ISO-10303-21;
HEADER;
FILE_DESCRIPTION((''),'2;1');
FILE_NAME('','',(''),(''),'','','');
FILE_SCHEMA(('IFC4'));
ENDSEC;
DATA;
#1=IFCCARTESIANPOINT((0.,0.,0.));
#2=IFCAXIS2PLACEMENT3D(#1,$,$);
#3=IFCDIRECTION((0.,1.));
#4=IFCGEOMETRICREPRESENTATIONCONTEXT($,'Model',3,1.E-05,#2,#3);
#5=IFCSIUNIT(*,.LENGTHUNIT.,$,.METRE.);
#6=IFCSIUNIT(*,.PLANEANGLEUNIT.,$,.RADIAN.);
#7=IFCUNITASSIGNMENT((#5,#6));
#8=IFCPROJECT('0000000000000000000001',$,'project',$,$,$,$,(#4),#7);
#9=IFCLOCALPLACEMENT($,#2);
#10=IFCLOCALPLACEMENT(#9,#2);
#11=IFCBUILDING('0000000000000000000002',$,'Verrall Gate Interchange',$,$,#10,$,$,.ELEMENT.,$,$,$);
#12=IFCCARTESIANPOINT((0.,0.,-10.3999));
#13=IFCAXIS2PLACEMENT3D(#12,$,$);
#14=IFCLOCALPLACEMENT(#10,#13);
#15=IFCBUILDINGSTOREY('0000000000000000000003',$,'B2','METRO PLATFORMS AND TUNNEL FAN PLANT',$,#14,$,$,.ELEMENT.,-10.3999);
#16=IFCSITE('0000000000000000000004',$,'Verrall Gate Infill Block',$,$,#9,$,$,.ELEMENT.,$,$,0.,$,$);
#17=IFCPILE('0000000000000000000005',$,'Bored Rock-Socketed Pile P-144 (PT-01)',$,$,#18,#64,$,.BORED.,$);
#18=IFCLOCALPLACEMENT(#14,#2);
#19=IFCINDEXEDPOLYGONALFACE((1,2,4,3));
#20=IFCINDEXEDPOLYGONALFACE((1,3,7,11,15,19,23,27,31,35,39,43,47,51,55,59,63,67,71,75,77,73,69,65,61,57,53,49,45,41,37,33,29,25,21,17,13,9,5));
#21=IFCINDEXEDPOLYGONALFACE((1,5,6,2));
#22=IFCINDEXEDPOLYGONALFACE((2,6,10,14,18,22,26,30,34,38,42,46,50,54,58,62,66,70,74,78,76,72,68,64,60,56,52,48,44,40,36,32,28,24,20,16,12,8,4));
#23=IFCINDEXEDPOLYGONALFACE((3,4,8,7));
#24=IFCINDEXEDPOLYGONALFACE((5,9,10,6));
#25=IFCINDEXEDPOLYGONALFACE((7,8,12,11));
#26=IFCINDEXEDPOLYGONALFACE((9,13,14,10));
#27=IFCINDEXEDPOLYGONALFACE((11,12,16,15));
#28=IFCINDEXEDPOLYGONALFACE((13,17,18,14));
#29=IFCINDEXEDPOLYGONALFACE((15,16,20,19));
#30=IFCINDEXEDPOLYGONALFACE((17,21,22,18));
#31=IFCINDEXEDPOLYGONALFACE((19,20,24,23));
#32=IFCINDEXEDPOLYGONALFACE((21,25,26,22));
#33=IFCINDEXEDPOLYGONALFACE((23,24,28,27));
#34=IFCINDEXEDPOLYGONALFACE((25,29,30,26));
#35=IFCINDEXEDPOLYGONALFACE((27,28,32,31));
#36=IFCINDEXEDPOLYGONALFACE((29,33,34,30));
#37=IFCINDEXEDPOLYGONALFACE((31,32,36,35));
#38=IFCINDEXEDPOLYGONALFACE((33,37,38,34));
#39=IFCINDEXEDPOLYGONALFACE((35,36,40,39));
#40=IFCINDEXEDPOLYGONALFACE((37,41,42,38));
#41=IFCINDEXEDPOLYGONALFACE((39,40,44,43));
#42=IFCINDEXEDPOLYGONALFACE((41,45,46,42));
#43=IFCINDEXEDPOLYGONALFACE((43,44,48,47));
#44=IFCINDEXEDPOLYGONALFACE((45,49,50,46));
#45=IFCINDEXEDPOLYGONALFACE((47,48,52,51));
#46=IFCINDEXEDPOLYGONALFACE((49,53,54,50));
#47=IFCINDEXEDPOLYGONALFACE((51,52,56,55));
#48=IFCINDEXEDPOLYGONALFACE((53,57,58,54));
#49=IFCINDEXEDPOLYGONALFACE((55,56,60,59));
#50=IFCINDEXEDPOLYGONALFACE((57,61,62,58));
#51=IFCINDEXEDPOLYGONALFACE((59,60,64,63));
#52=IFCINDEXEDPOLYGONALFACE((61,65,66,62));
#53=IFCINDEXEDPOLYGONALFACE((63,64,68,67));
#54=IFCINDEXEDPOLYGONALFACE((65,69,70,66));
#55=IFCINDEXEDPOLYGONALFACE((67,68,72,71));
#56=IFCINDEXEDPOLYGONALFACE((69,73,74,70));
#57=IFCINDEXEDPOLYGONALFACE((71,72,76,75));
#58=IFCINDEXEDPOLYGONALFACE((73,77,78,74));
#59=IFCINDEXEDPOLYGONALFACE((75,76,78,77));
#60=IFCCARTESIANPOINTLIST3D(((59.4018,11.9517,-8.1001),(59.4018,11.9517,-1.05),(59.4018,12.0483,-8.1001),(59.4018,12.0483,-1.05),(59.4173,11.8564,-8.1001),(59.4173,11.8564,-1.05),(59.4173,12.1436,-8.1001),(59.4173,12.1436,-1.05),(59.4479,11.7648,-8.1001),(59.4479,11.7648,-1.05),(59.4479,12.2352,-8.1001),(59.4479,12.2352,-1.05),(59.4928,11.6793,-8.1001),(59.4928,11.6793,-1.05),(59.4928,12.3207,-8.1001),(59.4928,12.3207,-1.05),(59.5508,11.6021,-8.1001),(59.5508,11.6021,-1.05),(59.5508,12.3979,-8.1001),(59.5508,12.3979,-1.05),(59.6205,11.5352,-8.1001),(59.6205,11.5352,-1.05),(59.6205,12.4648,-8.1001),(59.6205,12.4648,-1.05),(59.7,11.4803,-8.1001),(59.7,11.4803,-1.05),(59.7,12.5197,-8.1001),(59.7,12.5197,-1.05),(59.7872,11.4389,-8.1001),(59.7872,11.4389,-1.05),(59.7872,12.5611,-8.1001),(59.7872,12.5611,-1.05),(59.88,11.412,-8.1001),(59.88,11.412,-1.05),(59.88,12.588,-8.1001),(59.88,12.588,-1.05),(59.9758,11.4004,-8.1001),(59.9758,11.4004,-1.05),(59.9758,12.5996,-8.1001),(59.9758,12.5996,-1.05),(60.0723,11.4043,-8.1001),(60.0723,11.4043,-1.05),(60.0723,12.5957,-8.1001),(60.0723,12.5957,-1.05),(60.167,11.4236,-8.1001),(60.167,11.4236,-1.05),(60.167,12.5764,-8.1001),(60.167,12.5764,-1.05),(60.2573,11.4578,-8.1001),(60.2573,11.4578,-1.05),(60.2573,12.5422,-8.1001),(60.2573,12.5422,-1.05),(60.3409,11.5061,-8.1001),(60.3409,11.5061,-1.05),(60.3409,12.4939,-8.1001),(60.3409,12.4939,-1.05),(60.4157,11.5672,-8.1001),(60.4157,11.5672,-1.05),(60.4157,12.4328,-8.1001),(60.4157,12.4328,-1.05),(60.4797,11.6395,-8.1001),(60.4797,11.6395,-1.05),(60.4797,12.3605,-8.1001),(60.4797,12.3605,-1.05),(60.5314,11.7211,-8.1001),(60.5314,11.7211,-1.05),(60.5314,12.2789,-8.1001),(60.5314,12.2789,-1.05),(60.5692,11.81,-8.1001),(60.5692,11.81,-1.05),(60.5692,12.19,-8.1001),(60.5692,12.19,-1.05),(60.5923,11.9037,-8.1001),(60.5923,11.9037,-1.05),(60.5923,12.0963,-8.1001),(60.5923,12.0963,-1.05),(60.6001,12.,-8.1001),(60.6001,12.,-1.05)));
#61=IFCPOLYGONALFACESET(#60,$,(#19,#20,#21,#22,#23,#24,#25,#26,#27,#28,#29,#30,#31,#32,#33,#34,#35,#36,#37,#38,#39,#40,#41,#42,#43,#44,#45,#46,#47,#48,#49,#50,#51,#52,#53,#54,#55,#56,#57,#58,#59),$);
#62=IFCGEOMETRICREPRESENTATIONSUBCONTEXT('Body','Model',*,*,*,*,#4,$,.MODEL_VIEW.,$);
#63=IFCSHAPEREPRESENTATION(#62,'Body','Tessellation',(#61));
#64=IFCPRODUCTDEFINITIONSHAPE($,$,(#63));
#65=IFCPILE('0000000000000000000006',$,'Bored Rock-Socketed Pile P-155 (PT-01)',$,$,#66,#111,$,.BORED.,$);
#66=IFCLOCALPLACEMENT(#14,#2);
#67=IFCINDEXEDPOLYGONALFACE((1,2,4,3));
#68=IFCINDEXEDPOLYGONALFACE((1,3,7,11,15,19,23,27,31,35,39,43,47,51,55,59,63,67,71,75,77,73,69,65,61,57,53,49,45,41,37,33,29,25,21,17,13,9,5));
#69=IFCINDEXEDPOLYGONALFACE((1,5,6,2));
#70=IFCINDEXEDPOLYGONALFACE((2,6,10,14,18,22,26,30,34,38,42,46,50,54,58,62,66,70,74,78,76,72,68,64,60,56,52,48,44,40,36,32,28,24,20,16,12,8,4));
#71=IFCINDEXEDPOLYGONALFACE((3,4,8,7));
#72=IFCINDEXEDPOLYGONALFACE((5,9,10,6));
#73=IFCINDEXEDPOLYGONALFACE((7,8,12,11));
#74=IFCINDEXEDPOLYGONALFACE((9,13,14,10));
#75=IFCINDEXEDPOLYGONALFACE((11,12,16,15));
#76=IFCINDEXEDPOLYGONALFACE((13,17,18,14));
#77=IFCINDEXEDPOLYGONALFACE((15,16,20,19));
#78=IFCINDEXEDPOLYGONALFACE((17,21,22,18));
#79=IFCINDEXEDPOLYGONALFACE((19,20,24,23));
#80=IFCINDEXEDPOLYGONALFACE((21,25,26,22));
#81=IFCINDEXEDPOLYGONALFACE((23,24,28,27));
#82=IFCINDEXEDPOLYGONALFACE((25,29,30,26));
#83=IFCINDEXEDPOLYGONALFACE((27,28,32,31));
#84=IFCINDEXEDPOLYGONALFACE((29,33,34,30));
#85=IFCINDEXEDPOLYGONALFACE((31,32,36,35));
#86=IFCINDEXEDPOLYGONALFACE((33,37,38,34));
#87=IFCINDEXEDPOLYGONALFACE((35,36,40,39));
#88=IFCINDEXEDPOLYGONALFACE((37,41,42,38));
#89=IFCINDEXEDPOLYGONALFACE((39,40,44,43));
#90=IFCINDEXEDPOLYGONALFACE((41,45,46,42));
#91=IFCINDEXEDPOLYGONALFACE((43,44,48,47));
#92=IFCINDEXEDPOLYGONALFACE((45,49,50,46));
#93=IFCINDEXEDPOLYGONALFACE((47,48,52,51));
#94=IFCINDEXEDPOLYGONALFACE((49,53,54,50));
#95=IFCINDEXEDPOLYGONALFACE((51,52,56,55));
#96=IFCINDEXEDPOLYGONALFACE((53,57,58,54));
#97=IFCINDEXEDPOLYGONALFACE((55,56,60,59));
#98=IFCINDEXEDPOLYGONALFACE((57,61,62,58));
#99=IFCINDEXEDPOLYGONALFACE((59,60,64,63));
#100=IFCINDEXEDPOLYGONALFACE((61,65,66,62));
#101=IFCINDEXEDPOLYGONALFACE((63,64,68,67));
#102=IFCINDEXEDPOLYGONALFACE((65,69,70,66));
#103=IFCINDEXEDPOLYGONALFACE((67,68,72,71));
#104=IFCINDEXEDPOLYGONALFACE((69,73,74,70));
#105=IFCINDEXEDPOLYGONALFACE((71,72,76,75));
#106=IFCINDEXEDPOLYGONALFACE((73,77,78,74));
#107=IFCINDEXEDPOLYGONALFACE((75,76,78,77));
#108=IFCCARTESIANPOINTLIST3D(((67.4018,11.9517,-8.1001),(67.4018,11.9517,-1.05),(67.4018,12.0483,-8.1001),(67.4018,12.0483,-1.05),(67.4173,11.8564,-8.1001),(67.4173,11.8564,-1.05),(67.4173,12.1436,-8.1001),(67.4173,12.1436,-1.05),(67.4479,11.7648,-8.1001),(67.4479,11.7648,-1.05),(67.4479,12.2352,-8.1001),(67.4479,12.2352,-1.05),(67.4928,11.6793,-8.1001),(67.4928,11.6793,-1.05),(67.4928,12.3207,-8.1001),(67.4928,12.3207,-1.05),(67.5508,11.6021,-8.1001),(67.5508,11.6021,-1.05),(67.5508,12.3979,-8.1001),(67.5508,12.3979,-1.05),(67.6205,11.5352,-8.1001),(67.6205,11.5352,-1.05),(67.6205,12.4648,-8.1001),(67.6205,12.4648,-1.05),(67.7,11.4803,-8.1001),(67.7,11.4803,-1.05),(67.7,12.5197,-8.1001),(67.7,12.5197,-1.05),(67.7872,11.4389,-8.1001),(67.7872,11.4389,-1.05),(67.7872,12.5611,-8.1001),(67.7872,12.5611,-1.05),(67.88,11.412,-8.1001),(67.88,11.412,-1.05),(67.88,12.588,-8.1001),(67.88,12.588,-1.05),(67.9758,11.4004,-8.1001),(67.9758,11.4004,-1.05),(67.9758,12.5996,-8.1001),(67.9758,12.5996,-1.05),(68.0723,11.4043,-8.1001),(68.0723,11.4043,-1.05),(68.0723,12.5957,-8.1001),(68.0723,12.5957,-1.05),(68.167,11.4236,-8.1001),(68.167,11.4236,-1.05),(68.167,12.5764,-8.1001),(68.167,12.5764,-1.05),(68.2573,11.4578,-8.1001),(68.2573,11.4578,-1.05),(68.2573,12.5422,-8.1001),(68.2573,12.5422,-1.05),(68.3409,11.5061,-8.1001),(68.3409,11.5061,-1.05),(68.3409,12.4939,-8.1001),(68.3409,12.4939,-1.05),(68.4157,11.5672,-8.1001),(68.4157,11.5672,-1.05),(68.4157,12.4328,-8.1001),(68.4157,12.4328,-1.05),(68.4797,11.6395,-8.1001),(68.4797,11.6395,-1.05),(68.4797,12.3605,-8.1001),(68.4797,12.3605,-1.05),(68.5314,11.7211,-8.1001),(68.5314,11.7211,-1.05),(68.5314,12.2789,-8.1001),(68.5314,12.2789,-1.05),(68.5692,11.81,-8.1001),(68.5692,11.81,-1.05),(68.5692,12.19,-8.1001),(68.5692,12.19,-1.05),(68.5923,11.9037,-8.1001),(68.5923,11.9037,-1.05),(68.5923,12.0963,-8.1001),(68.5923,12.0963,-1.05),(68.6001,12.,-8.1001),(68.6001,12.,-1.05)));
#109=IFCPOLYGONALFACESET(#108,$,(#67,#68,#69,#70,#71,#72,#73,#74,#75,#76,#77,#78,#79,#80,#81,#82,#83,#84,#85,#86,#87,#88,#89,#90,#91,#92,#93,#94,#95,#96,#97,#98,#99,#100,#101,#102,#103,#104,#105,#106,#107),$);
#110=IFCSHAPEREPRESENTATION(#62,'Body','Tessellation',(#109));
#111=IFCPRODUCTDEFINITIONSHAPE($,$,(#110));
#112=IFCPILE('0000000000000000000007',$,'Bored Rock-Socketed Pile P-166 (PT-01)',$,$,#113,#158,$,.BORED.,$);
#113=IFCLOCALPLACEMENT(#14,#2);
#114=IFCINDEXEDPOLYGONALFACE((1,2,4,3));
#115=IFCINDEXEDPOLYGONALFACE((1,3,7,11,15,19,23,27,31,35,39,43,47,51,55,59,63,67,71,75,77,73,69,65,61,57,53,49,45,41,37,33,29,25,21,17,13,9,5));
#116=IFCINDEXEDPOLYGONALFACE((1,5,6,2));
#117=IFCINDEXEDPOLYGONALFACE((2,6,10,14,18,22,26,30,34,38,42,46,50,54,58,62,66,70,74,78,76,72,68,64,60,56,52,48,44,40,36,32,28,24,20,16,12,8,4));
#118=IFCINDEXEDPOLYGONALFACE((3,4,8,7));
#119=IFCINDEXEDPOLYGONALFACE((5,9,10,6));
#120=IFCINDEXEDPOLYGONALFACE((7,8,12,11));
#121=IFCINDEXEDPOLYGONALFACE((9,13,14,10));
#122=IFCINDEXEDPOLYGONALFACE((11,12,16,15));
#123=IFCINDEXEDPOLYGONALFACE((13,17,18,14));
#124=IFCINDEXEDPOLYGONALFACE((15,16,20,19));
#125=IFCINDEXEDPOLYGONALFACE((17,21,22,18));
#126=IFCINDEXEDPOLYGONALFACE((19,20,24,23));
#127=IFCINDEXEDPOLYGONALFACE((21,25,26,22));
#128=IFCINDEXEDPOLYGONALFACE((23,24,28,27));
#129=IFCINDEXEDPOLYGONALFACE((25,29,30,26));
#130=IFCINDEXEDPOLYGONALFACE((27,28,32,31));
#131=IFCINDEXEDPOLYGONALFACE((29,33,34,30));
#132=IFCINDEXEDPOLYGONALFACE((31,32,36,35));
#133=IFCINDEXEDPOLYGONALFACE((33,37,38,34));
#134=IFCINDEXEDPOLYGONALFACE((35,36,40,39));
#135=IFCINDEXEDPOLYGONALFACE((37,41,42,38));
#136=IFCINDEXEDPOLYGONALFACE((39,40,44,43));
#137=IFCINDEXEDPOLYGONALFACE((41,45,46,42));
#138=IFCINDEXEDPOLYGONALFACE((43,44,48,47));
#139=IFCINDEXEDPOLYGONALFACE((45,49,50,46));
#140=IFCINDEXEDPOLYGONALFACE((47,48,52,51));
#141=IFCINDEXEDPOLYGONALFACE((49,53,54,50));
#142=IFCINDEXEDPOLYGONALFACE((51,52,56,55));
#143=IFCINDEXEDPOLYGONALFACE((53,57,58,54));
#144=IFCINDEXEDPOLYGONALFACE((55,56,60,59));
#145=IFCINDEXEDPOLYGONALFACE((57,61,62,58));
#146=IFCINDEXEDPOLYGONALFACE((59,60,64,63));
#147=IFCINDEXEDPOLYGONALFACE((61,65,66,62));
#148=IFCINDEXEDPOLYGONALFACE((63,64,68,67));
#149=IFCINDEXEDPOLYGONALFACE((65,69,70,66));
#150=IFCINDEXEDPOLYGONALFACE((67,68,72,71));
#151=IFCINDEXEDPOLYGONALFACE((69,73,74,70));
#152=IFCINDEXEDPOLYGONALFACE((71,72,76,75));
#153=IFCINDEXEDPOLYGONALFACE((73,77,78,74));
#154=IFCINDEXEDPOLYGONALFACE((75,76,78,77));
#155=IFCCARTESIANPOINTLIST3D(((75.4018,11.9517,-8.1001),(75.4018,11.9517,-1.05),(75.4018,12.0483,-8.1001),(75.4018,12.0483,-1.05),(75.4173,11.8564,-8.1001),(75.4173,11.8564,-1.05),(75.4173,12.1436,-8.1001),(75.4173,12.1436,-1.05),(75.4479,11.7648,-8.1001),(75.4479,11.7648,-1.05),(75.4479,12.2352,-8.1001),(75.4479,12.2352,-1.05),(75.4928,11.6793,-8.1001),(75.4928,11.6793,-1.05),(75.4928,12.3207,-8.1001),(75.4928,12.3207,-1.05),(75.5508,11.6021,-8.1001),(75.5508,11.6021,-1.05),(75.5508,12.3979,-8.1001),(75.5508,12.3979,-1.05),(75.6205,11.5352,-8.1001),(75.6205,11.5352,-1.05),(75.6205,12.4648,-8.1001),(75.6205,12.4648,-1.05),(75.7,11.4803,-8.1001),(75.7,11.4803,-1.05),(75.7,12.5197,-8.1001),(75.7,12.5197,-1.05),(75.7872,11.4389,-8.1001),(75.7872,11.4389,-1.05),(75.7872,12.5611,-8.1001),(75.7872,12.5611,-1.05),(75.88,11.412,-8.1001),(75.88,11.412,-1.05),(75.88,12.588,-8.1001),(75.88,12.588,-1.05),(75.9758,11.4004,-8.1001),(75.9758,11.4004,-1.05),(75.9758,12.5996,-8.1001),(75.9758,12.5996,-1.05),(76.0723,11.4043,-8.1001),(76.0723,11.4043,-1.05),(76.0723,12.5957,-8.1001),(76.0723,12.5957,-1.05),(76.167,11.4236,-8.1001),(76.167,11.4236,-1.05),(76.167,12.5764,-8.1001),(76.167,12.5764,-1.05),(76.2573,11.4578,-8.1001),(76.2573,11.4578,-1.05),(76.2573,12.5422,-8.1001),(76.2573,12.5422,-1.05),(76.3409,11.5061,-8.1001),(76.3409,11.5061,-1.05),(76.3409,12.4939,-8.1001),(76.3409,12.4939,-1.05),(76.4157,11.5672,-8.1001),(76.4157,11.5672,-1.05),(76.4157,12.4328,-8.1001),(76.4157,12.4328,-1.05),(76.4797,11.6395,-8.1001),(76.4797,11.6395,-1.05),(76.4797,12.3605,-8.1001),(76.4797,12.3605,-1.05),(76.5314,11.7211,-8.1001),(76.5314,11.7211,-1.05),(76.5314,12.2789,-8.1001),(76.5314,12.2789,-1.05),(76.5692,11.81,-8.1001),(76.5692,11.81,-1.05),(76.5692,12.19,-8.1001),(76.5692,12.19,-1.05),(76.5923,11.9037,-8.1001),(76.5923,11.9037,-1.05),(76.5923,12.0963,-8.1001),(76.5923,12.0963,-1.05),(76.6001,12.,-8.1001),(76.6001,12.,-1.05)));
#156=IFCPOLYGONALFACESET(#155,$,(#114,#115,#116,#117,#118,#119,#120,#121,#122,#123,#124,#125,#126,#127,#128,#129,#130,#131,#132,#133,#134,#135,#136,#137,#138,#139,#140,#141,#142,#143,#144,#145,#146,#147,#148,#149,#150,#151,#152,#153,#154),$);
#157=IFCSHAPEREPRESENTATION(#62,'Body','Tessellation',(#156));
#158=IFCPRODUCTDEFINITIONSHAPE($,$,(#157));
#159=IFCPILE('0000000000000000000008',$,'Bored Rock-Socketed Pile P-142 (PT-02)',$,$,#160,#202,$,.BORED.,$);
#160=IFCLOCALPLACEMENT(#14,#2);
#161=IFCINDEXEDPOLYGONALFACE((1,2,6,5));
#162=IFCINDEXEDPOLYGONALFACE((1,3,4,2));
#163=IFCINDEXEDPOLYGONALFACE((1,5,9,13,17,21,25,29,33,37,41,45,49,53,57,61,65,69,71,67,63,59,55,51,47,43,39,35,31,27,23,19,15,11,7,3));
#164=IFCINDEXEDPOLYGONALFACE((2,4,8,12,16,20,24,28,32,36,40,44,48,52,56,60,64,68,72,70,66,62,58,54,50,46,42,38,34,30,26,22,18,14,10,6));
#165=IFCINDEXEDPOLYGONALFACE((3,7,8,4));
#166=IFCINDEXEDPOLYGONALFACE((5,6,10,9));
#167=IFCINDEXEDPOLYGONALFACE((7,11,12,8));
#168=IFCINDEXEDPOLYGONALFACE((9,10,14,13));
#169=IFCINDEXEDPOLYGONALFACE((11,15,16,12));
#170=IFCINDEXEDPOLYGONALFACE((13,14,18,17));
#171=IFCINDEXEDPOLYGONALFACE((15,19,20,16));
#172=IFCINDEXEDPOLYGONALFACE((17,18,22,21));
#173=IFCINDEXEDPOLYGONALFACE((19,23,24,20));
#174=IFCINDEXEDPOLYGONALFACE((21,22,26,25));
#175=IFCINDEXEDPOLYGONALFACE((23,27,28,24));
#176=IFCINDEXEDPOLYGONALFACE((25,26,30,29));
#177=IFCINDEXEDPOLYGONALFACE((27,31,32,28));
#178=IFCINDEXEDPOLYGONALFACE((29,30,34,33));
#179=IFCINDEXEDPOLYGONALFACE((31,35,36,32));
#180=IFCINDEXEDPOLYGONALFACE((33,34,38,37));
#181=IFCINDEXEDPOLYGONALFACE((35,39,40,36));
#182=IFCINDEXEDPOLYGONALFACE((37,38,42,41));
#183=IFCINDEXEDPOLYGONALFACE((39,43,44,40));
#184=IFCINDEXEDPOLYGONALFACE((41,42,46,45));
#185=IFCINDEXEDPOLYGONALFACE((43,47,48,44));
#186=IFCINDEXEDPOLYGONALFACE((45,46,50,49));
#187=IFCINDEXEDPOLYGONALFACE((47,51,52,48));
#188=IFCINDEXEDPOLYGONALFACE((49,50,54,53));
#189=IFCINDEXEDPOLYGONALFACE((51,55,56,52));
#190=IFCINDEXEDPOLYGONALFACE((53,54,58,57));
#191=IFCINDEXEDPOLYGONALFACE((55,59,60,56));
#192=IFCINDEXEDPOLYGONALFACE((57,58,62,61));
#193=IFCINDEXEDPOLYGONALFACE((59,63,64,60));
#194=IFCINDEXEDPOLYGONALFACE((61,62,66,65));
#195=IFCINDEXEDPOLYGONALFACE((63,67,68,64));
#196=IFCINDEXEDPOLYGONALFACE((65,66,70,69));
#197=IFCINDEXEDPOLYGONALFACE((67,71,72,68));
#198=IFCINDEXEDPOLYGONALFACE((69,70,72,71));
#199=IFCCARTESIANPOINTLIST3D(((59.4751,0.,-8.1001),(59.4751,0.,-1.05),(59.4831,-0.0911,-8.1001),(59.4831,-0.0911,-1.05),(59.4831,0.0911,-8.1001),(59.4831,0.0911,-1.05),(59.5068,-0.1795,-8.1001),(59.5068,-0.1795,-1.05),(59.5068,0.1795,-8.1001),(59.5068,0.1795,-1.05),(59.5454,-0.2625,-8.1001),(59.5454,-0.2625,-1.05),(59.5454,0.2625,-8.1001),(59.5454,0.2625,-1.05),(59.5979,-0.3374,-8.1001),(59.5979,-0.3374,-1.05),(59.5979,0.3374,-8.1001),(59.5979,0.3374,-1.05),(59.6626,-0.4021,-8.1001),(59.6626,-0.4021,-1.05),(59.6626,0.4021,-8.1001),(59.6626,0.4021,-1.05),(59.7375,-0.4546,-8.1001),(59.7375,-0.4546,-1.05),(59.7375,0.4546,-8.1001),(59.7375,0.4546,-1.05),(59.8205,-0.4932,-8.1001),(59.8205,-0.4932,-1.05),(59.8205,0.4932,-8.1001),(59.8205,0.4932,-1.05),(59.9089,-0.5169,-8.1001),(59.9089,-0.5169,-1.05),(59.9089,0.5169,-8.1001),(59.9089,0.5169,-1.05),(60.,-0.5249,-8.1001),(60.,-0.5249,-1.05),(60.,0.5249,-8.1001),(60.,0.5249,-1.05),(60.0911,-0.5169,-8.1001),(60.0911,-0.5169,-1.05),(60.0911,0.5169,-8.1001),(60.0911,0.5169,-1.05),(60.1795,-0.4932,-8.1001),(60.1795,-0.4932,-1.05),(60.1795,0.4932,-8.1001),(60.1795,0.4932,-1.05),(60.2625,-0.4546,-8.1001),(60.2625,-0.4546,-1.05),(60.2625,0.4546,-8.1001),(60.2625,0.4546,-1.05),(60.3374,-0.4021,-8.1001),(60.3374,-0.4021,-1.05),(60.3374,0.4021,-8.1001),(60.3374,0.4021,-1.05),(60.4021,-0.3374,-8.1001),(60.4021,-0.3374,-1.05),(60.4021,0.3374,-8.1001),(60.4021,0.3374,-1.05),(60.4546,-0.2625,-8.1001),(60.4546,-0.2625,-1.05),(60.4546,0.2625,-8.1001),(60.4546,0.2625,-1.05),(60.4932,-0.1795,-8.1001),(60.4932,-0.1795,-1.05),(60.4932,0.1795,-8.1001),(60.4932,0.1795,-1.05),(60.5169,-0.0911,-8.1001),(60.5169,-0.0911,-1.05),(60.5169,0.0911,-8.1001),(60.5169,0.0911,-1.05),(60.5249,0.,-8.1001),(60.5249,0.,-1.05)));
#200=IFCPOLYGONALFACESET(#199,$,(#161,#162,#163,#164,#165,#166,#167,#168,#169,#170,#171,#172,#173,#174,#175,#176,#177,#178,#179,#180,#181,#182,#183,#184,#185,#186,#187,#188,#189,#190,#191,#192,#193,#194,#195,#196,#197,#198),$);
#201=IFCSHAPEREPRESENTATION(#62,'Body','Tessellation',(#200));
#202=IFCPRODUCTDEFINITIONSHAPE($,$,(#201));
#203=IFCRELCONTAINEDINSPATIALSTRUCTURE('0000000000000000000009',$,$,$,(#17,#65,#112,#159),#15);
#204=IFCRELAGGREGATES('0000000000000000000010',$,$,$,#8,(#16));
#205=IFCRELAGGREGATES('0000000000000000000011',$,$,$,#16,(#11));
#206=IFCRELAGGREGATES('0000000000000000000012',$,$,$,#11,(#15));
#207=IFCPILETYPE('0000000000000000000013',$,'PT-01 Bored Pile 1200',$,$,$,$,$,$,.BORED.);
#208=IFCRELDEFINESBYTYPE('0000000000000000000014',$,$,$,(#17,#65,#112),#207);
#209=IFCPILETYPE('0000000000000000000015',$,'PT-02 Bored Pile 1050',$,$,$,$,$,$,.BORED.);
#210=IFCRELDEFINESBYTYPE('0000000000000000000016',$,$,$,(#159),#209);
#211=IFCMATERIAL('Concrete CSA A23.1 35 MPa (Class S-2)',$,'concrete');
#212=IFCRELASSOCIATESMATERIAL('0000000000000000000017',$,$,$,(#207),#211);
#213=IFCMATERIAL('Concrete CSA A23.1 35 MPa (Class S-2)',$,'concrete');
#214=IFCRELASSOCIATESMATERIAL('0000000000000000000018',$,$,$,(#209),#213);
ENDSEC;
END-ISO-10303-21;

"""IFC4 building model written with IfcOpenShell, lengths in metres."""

from ifc_helpers import new_model, si_unit, direction, frame, origin, origin_2d, place, context, subcontext, project, spatial, circle, extrude, material, material_profile, profile_set, type_object, element, save


model = new_model("IFC4")

# Units and contexts
model_context = context("Model", 3, precision=1e-05, world=origin(), true_north=direction((0.0, 1.0)))
body_context = subcontext(model_context, "Body", "Model", "MODEL_VIEW")
ifc_project = project(units=[si_unit("LENGTHUNIT", "METRE"), si_unit("PLANEANGLEUNIT", "RADIAN")], contexts=[model_context])

# Site, building, storey
site_placement = place(None, origin())
site = spatial("IfcSite", under=ifc_project, at=site_placement, Name="Verrall Gate Infill Block", CompositionType="ELEMENT", RefElevation=0.0)
building_placement = place(site_placement, origin())
building = spatial("IfcBuilding", under=site, at=building_placement, Name="Verrall Gate Interchange", CompositionType="ELEMENT")
storey_placement = place(building_placement, frame((0.0, 0.0, -10.3999)))
storey = spatial("IfcBuildingStorey", under=building, at=storey_placement, Name="B2", Description="METRO PLATFORMS AND TUNNEL FAN PLANT", CompositionType="ELEMENT", Elevation=-10.3999)

# Piles
ifc_material_1 = material(Name="Concrete CSA A23.1 35 MPa (Class S-2)", Category="concrete")
ifc_material_profile_1 = material_profile(ifc_material_1, circle(Radius=0.6001, at=origin_2d()), Name="PILE1200D")
ifc_profile_set_1 = profile_set([ifc_material_profile_1], Name="Concrete CSA A23.1 35 MPa (Class S-2)")
pile_type_1 = type_object("IfcPileType", Name="PT-01 Bored Pile 1200", PredefinedType="BORED", material=ifc_profile_set_1)
for number, where, z_axis, x_axis, name in (
    (1, (60.0, 12.0, -1.05), (0.0, 0.0, -1.0), (1.0, 0.0, 0.0), "Bored Rock-Socketed Pile P-144 (PT-01)"),
    (2, (68.0, 12.0, -1.05), (0.0, 0.0, -1.0), (1.0, 0.0, 0.0), "Bored Rock-Socketed Pile P-155 (PT-01)"),
    (3, (76.0, 12.0, -1.05), (0.0, 0.0, -1.0), (1.0, 0.0, 0.0), "Bored Rock-Socketed Pile P-166 (PT-01)"),
):
    element("IfcPile", number, at=place(storey_placement, frame(where, z_axis=z_axis, x_axis=x_axis)), inside=storey, type_object=pile_type_1, Name=name, PredefinedType="BORED", context=body_context, shape_type="SweptSolid", body=[
        extrude(circle(Radius=0.6001, at=origin_2d()), origin(), (0.0, 0.0, 1.0), 7.05),
    ])
ifc_material_2 = material(Name="Concrete CSA A23.1 35 MPa (Class S-2)", Category="concrete")
ifc_material_profile_2 = material_profile(ifc_material_2, circle(Radius=0.5249, at=origin_2d()), Name="PILE1050D")
ifc_profile_set_2 = profile_set([ifc_material_profile_2], Name="Concrete CSA A23.1 35 MPa (Class S-2)")
pile_type_2 = type_object("IfcPileType", Name="PT-02 Bored Pile 1050", PredefinedType="BORED", material=ifc_profile_set_2)
for number, where, z_axis, x_axis, name in (
    (4, (60.0, 0.0, -1.05), (0.0, 0.0, -1.0), (1.0, 0.0, 0.0), "Bored Rock-Socketed Pile P-142 (PT-02)"),
):
    element("IfcPile", number, at=place(storey_placement, frame(where, z_axis=z_axis, x_axis=x_axis)), inside=storey, type_object=pile_type_2, Name=name, PredefinedType="BORED", context=body_context, shape_type="SweptSolid", body=[
        extrude(circle(Radius=0.5249, at=origin_2d()), origin(), (0.0, 0.0, 1.0), 7.05),
    ])

save(model, "model.ifc")
